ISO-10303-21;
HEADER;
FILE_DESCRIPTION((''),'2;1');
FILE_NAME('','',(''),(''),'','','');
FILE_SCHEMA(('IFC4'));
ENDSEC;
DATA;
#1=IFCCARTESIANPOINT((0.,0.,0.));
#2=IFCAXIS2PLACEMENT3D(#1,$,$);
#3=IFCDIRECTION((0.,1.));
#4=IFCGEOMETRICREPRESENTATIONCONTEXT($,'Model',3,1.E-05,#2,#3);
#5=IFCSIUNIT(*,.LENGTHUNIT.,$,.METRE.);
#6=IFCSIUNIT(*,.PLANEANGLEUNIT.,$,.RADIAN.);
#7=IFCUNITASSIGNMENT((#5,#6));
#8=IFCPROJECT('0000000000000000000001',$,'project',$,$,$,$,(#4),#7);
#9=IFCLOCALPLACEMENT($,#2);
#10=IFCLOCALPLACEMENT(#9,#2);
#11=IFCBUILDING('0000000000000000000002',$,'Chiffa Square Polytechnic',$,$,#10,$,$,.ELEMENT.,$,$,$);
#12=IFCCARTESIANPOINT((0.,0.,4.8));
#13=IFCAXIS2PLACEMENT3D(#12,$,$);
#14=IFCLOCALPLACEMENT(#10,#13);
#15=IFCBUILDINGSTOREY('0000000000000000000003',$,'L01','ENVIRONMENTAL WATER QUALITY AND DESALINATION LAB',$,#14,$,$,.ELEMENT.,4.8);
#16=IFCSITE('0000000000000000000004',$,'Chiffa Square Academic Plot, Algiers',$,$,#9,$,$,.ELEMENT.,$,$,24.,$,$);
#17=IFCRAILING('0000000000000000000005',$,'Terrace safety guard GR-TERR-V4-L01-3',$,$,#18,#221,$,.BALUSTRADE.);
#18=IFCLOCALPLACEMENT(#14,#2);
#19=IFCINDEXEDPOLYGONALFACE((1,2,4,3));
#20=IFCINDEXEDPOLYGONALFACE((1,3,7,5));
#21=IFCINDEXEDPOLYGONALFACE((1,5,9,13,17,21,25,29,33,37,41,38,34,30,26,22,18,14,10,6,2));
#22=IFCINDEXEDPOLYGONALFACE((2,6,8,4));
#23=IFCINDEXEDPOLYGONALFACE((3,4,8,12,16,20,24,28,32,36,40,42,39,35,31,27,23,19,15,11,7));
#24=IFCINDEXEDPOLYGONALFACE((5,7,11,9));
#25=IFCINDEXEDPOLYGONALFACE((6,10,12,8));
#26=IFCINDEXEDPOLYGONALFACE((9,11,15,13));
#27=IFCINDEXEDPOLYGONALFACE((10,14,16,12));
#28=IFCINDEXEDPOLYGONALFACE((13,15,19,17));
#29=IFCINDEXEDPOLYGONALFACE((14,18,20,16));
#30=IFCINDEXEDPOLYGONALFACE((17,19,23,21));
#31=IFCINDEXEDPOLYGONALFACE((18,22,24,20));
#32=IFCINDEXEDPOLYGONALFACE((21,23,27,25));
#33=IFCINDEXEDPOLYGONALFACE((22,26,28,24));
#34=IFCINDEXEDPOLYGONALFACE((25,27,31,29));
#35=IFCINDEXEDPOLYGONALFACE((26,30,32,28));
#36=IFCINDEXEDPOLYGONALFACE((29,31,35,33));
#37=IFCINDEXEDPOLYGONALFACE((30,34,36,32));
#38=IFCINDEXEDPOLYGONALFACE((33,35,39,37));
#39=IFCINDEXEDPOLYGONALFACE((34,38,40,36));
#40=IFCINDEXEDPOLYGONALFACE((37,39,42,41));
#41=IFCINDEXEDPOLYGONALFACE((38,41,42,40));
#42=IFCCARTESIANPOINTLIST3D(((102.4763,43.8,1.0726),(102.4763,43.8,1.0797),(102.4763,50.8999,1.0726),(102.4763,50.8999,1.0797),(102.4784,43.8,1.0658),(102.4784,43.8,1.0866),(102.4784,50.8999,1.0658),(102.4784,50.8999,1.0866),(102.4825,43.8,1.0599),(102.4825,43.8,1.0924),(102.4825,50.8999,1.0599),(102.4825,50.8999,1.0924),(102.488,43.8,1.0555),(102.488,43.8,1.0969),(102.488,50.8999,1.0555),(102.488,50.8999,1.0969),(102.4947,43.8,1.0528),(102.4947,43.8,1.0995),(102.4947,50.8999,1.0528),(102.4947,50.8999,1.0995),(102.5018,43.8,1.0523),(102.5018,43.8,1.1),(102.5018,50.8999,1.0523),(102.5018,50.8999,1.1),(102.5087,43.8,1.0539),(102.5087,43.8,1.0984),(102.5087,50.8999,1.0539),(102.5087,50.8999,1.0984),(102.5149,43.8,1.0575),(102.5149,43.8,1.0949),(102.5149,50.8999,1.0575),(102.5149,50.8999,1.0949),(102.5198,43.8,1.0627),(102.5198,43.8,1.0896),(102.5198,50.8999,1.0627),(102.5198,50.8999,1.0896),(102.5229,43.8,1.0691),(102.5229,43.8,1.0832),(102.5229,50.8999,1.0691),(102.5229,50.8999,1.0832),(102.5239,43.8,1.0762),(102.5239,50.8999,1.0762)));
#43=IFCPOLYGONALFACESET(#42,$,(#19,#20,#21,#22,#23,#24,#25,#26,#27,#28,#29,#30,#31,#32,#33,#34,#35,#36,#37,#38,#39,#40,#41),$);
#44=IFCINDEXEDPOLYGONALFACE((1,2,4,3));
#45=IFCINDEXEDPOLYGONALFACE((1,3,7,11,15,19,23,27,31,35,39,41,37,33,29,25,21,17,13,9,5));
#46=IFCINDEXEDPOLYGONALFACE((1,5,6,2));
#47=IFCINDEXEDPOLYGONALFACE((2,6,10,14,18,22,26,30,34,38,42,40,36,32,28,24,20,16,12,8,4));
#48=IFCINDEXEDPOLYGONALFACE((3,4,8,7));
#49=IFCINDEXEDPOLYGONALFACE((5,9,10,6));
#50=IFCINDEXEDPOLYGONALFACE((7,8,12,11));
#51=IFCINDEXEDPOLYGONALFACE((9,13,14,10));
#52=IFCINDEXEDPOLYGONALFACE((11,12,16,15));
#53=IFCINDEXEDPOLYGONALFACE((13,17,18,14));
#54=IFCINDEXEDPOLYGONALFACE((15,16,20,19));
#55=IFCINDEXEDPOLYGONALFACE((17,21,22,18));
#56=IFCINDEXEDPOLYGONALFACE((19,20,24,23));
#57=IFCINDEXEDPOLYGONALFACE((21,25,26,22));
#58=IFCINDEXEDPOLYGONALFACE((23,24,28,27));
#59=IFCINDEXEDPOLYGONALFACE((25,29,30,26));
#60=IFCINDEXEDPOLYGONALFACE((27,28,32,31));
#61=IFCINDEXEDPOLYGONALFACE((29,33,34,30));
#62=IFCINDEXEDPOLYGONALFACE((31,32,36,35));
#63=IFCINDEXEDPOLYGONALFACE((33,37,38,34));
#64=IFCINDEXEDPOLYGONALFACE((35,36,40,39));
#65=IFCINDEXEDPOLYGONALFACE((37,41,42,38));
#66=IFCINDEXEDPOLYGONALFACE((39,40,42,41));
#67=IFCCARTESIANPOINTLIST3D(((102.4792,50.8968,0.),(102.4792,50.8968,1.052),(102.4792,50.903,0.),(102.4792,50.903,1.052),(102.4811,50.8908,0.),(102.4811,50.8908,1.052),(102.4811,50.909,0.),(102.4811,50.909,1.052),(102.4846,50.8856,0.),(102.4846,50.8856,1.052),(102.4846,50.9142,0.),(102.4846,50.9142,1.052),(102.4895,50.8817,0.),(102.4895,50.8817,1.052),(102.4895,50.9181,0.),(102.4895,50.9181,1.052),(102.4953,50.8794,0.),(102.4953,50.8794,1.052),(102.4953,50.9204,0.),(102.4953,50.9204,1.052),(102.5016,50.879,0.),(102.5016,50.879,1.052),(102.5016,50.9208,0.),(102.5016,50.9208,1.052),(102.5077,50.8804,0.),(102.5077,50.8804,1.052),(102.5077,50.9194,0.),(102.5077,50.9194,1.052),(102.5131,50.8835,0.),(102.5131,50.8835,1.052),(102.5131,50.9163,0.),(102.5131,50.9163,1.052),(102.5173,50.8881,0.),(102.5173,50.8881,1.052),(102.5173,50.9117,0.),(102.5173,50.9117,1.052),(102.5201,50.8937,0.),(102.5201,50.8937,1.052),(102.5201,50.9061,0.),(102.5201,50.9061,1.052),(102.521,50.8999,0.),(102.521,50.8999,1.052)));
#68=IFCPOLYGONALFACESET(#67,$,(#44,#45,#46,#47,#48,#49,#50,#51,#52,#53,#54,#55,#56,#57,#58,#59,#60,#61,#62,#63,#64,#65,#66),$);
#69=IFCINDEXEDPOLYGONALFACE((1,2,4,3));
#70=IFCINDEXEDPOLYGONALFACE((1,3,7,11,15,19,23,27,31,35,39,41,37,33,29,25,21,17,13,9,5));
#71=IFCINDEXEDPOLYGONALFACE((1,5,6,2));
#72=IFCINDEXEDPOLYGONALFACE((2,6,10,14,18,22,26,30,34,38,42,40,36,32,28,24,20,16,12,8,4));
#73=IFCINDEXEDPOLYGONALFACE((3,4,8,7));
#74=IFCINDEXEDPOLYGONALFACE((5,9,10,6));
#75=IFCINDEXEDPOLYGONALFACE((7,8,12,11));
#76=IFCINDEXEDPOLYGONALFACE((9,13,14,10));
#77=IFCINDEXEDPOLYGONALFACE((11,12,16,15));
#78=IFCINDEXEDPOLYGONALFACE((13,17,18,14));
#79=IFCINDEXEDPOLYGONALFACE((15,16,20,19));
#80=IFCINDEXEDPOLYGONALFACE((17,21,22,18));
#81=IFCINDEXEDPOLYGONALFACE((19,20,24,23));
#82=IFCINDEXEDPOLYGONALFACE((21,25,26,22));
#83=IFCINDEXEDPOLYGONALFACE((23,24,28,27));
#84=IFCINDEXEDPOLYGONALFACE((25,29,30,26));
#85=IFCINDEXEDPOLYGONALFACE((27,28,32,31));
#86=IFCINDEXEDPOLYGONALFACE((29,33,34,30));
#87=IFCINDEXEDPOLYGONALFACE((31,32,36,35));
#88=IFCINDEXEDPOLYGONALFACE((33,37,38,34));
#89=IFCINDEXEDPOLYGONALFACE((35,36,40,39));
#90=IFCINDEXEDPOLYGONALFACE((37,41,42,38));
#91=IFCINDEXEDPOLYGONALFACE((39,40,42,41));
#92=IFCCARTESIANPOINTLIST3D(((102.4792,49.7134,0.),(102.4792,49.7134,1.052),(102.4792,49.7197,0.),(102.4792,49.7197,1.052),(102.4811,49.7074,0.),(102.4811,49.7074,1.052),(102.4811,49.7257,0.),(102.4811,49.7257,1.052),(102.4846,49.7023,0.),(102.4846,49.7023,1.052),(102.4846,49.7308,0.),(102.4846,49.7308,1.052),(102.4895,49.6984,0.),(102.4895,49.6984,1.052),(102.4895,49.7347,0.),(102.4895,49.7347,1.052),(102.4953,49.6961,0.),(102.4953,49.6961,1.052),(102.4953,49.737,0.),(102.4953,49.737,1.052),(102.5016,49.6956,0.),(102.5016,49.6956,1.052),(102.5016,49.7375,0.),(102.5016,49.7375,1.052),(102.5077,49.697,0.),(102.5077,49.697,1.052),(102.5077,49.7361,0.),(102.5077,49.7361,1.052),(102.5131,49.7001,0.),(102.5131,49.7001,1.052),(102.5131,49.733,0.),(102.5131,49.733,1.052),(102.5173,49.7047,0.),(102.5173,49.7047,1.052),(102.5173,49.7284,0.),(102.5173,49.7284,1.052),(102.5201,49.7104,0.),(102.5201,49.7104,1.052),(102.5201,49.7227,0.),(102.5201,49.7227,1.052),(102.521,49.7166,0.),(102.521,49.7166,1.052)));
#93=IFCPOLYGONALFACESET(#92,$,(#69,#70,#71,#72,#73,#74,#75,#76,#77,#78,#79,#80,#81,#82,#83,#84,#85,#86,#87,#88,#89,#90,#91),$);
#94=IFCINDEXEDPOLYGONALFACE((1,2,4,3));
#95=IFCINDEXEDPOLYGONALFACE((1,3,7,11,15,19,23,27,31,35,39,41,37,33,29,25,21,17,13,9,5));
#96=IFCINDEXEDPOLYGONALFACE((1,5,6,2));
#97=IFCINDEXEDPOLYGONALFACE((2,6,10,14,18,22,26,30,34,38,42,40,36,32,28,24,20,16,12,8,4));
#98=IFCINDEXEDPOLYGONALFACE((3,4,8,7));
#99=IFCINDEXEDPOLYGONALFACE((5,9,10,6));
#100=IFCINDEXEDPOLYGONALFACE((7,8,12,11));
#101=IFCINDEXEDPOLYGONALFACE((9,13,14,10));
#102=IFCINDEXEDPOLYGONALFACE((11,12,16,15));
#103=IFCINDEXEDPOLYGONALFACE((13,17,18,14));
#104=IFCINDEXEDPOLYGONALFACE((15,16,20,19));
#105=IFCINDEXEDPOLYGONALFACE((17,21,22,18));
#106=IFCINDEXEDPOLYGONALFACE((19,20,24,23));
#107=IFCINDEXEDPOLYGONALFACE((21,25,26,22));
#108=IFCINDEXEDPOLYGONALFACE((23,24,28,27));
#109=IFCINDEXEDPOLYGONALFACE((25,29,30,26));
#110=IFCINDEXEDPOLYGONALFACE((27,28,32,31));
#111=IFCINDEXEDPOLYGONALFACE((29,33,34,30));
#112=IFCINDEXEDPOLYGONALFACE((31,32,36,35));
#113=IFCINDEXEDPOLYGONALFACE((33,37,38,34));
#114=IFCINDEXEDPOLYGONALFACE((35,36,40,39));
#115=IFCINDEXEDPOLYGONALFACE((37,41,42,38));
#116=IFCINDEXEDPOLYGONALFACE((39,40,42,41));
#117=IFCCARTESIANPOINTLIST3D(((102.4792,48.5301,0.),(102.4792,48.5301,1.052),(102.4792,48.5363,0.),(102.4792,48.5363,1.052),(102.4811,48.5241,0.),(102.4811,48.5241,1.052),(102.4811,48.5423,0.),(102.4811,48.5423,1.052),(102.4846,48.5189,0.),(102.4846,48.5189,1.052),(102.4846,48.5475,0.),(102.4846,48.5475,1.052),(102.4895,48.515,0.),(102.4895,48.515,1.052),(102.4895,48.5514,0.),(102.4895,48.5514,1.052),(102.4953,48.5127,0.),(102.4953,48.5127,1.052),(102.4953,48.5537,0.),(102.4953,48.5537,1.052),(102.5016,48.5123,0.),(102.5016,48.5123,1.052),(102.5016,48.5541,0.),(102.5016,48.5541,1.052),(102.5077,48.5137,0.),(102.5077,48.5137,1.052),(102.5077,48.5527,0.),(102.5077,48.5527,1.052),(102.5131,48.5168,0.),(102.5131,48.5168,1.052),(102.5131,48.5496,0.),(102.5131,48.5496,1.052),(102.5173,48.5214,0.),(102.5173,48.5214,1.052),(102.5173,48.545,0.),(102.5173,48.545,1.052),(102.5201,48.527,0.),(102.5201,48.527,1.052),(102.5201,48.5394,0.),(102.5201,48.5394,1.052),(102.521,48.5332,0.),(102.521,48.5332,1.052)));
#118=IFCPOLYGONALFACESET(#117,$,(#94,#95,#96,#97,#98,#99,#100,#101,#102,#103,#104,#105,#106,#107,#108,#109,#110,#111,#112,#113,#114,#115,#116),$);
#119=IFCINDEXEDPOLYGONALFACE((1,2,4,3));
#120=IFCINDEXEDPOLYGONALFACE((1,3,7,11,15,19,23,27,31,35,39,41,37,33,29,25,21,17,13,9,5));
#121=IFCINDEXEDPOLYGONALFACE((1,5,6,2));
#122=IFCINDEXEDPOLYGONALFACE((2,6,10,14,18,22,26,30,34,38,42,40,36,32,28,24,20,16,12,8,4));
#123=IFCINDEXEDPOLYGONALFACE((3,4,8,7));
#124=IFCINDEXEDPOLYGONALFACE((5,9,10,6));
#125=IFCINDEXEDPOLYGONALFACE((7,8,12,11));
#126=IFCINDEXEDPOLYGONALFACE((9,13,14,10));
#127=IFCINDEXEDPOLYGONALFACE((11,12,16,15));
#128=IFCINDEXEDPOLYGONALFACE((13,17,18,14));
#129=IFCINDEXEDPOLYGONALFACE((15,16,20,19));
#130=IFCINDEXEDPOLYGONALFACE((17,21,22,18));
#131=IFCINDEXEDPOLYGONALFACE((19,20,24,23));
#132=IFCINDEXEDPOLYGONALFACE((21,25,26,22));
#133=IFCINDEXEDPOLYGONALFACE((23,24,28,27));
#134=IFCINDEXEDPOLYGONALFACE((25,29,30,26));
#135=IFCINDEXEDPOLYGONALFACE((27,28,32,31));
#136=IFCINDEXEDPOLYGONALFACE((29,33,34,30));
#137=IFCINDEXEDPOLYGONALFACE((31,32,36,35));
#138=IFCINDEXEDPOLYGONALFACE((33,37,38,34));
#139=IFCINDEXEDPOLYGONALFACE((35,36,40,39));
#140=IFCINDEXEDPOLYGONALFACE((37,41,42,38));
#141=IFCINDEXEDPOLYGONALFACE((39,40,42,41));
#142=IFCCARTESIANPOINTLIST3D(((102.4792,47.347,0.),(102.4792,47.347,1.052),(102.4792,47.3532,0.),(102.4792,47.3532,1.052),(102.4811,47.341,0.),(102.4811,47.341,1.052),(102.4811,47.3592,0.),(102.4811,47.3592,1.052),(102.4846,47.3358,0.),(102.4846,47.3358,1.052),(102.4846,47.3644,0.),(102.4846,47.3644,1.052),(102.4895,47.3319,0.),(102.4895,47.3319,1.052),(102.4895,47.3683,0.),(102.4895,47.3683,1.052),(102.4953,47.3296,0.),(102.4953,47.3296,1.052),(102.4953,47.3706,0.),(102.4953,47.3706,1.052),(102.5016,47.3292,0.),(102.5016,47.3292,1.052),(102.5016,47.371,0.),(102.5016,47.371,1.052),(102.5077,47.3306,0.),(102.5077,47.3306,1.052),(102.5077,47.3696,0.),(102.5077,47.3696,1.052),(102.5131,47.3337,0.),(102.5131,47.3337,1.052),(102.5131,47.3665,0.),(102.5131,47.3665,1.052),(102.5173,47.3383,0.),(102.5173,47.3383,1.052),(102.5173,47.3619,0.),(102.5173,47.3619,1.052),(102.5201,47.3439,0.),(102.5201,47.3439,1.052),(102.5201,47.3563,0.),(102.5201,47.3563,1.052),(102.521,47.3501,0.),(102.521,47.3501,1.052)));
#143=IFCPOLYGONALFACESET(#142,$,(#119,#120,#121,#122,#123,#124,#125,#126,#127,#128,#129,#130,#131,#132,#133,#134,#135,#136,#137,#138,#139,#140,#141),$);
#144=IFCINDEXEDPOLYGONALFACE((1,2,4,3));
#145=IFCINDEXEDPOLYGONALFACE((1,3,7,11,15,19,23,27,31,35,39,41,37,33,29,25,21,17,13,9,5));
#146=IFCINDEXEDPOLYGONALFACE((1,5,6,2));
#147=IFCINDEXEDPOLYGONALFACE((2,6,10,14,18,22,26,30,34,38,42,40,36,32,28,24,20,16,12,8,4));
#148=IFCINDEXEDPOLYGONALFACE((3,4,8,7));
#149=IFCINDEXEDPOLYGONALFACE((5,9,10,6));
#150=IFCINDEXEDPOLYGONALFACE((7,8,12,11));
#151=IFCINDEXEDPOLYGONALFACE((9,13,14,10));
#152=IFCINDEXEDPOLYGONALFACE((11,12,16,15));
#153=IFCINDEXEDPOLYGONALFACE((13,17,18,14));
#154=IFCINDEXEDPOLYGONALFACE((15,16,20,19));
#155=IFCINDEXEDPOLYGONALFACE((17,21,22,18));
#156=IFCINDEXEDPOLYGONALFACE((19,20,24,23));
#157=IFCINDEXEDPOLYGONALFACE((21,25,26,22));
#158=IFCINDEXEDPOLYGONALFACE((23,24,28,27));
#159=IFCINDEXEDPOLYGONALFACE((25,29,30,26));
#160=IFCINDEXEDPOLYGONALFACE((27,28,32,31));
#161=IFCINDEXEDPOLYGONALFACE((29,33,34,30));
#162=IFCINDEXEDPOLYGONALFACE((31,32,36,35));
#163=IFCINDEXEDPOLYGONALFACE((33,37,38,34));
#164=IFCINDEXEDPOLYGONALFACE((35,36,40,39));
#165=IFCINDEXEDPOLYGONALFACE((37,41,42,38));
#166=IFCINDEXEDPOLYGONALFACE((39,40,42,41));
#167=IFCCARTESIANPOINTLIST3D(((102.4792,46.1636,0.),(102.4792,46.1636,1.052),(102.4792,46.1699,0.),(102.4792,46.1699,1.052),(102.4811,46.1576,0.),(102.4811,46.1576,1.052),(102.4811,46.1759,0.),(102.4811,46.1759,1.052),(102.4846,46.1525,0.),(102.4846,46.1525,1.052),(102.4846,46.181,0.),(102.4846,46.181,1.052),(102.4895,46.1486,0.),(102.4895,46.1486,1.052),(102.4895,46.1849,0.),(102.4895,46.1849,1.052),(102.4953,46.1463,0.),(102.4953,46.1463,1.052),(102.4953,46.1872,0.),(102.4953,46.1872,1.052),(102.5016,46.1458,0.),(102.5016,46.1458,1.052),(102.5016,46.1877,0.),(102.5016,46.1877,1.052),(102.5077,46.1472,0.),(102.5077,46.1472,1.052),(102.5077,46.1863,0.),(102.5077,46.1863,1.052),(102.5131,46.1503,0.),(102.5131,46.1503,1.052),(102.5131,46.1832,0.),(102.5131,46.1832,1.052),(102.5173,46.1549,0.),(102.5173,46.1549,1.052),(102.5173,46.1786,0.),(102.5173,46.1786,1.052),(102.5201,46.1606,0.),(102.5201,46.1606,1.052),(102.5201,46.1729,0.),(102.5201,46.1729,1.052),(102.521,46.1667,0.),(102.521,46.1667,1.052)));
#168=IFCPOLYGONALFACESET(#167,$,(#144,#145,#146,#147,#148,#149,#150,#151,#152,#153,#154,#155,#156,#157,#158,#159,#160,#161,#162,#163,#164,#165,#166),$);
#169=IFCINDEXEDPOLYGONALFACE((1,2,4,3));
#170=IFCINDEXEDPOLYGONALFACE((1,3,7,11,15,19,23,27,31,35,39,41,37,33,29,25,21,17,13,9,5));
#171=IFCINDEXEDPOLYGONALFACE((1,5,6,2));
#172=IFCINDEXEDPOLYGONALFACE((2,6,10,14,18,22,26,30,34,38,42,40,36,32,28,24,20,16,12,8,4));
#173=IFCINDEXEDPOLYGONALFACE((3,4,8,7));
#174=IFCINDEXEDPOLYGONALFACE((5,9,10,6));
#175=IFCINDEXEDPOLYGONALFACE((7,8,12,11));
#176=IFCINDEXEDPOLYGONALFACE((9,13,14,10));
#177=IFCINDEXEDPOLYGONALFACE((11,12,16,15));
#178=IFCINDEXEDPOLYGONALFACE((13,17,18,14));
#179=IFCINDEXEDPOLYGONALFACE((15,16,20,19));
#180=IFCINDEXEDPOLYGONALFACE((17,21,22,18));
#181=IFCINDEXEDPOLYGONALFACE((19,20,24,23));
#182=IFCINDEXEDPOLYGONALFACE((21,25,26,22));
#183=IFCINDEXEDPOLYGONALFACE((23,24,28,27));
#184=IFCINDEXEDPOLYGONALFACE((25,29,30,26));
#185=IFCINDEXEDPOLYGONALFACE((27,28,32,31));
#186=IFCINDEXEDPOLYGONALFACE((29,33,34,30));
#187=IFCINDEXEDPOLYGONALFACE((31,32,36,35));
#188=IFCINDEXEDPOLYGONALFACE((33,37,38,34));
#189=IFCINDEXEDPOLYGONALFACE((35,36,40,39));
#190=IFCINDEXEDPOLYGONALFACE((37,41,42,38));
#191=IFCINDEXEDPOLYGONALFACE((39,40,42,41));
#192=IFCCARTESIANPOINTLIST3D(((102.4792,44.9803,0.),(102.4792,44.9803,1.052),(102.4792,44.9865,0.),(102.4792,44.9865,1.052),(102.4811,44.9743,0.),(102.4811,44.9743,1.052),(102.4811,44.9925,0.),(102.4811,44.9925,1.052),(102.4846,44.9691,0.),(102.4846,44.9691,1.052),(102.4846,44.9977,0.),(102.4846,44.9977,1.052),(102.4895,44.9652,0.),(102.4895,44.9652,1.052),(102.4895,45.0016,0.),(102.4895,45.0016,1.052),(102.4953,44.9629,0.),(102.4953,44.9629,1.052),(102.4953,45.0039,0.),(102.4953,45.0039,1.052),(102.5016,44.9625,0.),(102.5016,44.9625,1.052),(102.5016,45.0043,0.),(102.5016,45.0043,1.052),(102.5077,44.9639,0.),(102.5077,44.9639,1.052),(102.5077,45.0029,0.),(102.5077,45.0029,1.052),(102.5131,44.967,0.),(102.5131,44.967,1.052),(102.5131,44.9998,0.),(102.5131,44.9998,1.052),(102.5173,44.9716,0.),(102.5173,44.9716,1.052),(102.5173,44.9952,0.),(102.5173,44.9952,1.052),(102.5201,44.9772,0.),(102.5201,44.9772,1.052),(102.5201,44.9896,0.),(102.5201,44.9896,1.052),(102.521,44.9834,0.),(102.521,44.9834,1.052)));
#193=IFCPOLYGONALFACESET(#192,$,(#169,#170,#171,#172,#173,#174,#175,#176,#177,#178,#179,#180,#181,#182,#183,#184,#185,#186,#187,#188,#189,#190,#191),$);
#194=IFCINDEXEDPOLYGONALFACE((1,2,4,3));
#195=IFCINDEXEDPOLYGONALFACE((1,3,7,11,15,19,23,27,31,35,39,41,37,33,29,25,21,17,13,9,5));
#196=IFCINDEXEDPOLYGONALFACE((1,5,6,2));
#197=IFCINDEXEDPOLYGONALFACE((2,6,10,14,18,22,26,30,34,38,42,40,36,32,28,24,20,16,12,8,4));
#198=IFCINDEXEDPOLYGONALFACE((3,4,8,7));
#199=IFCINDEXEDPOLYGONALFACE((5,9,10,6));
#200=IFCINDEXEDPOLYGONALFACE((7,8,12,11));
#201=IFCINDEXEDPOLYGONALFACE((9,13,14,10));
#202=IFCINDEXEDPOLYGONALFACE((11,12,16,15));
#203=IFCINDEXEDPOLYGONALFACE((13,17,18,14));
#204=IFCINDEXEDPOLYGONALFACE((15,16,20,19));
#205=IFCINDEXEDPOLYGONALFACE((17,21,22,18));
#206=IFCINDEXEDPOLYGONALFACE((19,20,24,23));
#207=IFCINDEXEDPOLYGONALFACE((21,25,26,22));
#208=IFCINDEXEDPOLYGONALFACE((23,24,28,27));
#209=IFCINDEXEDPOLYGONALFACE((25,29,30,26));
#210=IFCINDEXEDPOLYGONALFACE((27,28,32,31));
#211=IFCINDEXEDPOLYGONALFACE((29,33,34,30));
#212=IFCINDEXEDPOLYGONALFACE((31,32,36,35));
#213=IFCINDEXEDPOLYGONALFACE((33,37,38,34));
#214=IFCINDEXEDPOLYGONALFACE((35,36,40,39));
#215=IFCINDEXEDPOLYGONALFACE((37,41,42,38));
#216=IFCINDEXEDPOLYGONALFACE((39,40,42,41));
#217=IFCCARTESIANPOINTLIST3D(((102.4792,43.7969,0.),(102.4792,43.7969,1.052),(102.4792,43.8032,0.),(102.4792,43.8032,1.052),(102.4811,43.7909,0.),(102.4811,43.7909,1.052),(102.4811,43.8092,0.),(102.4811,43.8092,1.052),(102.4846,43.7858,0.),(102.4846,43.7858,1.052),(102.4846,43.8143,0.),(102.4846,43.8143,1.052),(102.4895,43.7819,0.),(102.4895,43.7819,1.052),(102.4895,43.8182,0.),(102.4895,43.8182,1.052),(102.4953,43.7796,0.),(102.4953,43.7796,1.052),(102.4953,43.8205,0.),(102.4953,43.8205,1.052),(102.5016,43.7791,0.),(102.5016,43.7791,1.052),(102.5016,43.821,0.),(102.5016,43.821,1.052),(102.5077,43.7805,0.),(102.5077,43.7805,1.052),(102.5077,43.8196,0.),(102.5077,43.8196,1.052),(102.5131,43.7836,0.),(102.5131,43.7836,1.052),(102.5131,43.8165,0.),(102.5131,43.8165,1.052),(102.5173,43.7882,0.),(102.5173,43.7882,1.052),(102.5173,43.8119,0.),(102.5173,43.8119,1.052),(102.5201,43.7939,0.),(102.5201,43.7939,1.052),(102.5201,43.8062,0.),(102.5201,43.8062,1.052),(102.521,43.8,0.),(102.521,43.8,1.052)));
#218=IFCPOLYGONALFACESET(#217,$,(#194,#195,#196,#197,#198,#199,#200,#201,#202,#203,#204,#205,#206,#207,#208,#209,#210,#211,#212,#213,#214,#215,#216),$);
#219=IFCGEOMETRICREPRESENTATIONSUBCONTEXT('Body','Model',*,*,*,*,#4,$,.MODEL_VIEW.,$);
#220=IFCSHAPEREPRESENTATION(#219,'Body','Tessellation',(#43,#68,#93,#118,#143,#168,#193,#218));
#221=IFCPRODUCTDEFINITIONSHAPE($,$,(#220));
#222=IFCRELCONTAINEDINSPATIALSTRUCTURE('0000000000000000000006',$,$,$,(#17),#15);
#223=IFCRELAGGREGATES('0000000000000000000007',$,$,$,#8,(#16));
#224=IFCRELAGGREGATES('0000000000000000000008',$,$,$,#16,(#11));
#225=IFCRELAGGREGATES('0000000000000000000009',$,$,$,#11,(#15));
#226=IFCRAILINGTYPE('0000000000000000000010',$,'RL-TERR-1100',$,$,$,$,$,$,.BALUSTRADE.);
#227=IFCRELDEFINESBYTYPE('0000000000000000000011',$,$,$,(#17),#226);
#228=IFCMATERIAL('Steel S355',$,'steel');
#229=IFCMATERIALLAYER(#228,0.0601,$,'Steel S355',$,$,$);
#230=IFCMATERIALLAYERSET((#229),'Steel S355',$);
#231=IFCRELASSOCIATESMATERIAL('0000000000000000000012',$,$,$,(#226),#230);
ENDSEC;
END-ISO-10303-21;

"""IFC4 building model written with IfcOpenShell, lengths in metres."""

from ifc_helpers import new_model, si_unit, direction, frame, origin, origin_2d, place, context, subcontext, project, spatial, circle, extrude, material, layer, layer_set, type_object, element, save


model = new_model("IFC4")

# Units and contexts
model_context = context("Model", 3, precision=1e-05, world=origin(), true_north=direction((0.0, 1.0)))
body_context = subcontext(model_context, "Body", "Model", "MODEL_VIEW")
ifc_project = project(units=[si_unit("LENGTHUNIT", "METRE"), si_unit("PLANEANGLEUNIT", "RADIAN")], contexts=[model_context])

# Site, building, storey
site_placement = place(None, origin())
site = spatial("IfcSite", under=ifc_project, at=site_placement, Name="Chiffa Square Academic Plot, Algiers", CompositionType="ELEMENT", RefElevation=24.0)
building_placement = place(site_placement, origin())
building = spatial("IfcBuilding", under=site, at=building_placement, Name="Chiffa Square Polytechnic", CompositionType="ELEMENT")
storey_placement = place(building_placement, frame((0.0, 0.0, 4.8)))
storey = spatial("IfcBuildingStorey", under=building, at=storey_placement, Name="L01", Description="ENVIRONMENTAL WATER QUALITY AND DESALINATION LAB", CompositionType="ELEMENT", Elevation=4.8)

# Railing
ifc_material_1 = material(Name="Steel S355", Category="steel")
ifc_layer_1 = layer(ifc_material_1, 0.0601, Name="Steel S355")
ifc_layer_set_1 = layer_set([ifc_layer_1], Name="Steel S355")
railing_type = type_object("IfcRailingType", Name="RL-TERR-1100", PredefinedType="BALUSTRADE", material=ifc_layer_set_1)
railing_placement = place(storey_placement, frame((102.5, 50.8999, 0.0)))
element("IfcRailing", 1, at=railing_placement, inside=storey, type_object=railing_type, Name="Terrace safety guard GR-TERR-V4-L01-3", PredefinedType="BALUSTRADE", context=body_context, shape_type="SweptSolid", body=[
    extrude(circle(Radius=0.0239, at=origin_2d()), frame((0.0, 0.0, 1.0762), z_axis=(0.0, -1.0, 0.0), x_axis=(1.0, 0.0, 0.0)), (0.0, 0.0, 1.0), 7.0999),
    extrude(circle(Radius=0.021, at=origin_2d()), origin(), (0.0, 0.0, 1.0), 1.052),
    extrude(circle(Radius=0.021, at=origin_2d()), frame((0.0, -1.1833, 0.0)), (0.0, 0.0, 1.0), 1.052),
    extrude(circle(Radius=0.021, at=origin_2d()), frame((0.0, -2.3667, 0.0)), (0.0, 0.0, 1.0), 1.052),
    extrude(circle(Radius=0.021, at=origin_2d()), frame((0.0, -3.5498, 0.0)), (0.0, 0.0, 1.0), 1.052),
    extrude(circle(Radius=0.021, at=origin_2d()), frame((0.0, -4.7332, 0.0)), (0.0, 0.0, 1.0), 1.052),
    extrude(circle(Radius=0.021, at=origin_2d()), frame((0.0, -5.9165, 0.0)), (0.0, 0.0, 1.0), 1.052),
    extrude(circle(Radius=0.021, at=origin_2d()), frame((0.0, -7.0999, 0.0)), (0.0, 0.0, 1.0), 1.052),
])

save(model, "model.ifc")
